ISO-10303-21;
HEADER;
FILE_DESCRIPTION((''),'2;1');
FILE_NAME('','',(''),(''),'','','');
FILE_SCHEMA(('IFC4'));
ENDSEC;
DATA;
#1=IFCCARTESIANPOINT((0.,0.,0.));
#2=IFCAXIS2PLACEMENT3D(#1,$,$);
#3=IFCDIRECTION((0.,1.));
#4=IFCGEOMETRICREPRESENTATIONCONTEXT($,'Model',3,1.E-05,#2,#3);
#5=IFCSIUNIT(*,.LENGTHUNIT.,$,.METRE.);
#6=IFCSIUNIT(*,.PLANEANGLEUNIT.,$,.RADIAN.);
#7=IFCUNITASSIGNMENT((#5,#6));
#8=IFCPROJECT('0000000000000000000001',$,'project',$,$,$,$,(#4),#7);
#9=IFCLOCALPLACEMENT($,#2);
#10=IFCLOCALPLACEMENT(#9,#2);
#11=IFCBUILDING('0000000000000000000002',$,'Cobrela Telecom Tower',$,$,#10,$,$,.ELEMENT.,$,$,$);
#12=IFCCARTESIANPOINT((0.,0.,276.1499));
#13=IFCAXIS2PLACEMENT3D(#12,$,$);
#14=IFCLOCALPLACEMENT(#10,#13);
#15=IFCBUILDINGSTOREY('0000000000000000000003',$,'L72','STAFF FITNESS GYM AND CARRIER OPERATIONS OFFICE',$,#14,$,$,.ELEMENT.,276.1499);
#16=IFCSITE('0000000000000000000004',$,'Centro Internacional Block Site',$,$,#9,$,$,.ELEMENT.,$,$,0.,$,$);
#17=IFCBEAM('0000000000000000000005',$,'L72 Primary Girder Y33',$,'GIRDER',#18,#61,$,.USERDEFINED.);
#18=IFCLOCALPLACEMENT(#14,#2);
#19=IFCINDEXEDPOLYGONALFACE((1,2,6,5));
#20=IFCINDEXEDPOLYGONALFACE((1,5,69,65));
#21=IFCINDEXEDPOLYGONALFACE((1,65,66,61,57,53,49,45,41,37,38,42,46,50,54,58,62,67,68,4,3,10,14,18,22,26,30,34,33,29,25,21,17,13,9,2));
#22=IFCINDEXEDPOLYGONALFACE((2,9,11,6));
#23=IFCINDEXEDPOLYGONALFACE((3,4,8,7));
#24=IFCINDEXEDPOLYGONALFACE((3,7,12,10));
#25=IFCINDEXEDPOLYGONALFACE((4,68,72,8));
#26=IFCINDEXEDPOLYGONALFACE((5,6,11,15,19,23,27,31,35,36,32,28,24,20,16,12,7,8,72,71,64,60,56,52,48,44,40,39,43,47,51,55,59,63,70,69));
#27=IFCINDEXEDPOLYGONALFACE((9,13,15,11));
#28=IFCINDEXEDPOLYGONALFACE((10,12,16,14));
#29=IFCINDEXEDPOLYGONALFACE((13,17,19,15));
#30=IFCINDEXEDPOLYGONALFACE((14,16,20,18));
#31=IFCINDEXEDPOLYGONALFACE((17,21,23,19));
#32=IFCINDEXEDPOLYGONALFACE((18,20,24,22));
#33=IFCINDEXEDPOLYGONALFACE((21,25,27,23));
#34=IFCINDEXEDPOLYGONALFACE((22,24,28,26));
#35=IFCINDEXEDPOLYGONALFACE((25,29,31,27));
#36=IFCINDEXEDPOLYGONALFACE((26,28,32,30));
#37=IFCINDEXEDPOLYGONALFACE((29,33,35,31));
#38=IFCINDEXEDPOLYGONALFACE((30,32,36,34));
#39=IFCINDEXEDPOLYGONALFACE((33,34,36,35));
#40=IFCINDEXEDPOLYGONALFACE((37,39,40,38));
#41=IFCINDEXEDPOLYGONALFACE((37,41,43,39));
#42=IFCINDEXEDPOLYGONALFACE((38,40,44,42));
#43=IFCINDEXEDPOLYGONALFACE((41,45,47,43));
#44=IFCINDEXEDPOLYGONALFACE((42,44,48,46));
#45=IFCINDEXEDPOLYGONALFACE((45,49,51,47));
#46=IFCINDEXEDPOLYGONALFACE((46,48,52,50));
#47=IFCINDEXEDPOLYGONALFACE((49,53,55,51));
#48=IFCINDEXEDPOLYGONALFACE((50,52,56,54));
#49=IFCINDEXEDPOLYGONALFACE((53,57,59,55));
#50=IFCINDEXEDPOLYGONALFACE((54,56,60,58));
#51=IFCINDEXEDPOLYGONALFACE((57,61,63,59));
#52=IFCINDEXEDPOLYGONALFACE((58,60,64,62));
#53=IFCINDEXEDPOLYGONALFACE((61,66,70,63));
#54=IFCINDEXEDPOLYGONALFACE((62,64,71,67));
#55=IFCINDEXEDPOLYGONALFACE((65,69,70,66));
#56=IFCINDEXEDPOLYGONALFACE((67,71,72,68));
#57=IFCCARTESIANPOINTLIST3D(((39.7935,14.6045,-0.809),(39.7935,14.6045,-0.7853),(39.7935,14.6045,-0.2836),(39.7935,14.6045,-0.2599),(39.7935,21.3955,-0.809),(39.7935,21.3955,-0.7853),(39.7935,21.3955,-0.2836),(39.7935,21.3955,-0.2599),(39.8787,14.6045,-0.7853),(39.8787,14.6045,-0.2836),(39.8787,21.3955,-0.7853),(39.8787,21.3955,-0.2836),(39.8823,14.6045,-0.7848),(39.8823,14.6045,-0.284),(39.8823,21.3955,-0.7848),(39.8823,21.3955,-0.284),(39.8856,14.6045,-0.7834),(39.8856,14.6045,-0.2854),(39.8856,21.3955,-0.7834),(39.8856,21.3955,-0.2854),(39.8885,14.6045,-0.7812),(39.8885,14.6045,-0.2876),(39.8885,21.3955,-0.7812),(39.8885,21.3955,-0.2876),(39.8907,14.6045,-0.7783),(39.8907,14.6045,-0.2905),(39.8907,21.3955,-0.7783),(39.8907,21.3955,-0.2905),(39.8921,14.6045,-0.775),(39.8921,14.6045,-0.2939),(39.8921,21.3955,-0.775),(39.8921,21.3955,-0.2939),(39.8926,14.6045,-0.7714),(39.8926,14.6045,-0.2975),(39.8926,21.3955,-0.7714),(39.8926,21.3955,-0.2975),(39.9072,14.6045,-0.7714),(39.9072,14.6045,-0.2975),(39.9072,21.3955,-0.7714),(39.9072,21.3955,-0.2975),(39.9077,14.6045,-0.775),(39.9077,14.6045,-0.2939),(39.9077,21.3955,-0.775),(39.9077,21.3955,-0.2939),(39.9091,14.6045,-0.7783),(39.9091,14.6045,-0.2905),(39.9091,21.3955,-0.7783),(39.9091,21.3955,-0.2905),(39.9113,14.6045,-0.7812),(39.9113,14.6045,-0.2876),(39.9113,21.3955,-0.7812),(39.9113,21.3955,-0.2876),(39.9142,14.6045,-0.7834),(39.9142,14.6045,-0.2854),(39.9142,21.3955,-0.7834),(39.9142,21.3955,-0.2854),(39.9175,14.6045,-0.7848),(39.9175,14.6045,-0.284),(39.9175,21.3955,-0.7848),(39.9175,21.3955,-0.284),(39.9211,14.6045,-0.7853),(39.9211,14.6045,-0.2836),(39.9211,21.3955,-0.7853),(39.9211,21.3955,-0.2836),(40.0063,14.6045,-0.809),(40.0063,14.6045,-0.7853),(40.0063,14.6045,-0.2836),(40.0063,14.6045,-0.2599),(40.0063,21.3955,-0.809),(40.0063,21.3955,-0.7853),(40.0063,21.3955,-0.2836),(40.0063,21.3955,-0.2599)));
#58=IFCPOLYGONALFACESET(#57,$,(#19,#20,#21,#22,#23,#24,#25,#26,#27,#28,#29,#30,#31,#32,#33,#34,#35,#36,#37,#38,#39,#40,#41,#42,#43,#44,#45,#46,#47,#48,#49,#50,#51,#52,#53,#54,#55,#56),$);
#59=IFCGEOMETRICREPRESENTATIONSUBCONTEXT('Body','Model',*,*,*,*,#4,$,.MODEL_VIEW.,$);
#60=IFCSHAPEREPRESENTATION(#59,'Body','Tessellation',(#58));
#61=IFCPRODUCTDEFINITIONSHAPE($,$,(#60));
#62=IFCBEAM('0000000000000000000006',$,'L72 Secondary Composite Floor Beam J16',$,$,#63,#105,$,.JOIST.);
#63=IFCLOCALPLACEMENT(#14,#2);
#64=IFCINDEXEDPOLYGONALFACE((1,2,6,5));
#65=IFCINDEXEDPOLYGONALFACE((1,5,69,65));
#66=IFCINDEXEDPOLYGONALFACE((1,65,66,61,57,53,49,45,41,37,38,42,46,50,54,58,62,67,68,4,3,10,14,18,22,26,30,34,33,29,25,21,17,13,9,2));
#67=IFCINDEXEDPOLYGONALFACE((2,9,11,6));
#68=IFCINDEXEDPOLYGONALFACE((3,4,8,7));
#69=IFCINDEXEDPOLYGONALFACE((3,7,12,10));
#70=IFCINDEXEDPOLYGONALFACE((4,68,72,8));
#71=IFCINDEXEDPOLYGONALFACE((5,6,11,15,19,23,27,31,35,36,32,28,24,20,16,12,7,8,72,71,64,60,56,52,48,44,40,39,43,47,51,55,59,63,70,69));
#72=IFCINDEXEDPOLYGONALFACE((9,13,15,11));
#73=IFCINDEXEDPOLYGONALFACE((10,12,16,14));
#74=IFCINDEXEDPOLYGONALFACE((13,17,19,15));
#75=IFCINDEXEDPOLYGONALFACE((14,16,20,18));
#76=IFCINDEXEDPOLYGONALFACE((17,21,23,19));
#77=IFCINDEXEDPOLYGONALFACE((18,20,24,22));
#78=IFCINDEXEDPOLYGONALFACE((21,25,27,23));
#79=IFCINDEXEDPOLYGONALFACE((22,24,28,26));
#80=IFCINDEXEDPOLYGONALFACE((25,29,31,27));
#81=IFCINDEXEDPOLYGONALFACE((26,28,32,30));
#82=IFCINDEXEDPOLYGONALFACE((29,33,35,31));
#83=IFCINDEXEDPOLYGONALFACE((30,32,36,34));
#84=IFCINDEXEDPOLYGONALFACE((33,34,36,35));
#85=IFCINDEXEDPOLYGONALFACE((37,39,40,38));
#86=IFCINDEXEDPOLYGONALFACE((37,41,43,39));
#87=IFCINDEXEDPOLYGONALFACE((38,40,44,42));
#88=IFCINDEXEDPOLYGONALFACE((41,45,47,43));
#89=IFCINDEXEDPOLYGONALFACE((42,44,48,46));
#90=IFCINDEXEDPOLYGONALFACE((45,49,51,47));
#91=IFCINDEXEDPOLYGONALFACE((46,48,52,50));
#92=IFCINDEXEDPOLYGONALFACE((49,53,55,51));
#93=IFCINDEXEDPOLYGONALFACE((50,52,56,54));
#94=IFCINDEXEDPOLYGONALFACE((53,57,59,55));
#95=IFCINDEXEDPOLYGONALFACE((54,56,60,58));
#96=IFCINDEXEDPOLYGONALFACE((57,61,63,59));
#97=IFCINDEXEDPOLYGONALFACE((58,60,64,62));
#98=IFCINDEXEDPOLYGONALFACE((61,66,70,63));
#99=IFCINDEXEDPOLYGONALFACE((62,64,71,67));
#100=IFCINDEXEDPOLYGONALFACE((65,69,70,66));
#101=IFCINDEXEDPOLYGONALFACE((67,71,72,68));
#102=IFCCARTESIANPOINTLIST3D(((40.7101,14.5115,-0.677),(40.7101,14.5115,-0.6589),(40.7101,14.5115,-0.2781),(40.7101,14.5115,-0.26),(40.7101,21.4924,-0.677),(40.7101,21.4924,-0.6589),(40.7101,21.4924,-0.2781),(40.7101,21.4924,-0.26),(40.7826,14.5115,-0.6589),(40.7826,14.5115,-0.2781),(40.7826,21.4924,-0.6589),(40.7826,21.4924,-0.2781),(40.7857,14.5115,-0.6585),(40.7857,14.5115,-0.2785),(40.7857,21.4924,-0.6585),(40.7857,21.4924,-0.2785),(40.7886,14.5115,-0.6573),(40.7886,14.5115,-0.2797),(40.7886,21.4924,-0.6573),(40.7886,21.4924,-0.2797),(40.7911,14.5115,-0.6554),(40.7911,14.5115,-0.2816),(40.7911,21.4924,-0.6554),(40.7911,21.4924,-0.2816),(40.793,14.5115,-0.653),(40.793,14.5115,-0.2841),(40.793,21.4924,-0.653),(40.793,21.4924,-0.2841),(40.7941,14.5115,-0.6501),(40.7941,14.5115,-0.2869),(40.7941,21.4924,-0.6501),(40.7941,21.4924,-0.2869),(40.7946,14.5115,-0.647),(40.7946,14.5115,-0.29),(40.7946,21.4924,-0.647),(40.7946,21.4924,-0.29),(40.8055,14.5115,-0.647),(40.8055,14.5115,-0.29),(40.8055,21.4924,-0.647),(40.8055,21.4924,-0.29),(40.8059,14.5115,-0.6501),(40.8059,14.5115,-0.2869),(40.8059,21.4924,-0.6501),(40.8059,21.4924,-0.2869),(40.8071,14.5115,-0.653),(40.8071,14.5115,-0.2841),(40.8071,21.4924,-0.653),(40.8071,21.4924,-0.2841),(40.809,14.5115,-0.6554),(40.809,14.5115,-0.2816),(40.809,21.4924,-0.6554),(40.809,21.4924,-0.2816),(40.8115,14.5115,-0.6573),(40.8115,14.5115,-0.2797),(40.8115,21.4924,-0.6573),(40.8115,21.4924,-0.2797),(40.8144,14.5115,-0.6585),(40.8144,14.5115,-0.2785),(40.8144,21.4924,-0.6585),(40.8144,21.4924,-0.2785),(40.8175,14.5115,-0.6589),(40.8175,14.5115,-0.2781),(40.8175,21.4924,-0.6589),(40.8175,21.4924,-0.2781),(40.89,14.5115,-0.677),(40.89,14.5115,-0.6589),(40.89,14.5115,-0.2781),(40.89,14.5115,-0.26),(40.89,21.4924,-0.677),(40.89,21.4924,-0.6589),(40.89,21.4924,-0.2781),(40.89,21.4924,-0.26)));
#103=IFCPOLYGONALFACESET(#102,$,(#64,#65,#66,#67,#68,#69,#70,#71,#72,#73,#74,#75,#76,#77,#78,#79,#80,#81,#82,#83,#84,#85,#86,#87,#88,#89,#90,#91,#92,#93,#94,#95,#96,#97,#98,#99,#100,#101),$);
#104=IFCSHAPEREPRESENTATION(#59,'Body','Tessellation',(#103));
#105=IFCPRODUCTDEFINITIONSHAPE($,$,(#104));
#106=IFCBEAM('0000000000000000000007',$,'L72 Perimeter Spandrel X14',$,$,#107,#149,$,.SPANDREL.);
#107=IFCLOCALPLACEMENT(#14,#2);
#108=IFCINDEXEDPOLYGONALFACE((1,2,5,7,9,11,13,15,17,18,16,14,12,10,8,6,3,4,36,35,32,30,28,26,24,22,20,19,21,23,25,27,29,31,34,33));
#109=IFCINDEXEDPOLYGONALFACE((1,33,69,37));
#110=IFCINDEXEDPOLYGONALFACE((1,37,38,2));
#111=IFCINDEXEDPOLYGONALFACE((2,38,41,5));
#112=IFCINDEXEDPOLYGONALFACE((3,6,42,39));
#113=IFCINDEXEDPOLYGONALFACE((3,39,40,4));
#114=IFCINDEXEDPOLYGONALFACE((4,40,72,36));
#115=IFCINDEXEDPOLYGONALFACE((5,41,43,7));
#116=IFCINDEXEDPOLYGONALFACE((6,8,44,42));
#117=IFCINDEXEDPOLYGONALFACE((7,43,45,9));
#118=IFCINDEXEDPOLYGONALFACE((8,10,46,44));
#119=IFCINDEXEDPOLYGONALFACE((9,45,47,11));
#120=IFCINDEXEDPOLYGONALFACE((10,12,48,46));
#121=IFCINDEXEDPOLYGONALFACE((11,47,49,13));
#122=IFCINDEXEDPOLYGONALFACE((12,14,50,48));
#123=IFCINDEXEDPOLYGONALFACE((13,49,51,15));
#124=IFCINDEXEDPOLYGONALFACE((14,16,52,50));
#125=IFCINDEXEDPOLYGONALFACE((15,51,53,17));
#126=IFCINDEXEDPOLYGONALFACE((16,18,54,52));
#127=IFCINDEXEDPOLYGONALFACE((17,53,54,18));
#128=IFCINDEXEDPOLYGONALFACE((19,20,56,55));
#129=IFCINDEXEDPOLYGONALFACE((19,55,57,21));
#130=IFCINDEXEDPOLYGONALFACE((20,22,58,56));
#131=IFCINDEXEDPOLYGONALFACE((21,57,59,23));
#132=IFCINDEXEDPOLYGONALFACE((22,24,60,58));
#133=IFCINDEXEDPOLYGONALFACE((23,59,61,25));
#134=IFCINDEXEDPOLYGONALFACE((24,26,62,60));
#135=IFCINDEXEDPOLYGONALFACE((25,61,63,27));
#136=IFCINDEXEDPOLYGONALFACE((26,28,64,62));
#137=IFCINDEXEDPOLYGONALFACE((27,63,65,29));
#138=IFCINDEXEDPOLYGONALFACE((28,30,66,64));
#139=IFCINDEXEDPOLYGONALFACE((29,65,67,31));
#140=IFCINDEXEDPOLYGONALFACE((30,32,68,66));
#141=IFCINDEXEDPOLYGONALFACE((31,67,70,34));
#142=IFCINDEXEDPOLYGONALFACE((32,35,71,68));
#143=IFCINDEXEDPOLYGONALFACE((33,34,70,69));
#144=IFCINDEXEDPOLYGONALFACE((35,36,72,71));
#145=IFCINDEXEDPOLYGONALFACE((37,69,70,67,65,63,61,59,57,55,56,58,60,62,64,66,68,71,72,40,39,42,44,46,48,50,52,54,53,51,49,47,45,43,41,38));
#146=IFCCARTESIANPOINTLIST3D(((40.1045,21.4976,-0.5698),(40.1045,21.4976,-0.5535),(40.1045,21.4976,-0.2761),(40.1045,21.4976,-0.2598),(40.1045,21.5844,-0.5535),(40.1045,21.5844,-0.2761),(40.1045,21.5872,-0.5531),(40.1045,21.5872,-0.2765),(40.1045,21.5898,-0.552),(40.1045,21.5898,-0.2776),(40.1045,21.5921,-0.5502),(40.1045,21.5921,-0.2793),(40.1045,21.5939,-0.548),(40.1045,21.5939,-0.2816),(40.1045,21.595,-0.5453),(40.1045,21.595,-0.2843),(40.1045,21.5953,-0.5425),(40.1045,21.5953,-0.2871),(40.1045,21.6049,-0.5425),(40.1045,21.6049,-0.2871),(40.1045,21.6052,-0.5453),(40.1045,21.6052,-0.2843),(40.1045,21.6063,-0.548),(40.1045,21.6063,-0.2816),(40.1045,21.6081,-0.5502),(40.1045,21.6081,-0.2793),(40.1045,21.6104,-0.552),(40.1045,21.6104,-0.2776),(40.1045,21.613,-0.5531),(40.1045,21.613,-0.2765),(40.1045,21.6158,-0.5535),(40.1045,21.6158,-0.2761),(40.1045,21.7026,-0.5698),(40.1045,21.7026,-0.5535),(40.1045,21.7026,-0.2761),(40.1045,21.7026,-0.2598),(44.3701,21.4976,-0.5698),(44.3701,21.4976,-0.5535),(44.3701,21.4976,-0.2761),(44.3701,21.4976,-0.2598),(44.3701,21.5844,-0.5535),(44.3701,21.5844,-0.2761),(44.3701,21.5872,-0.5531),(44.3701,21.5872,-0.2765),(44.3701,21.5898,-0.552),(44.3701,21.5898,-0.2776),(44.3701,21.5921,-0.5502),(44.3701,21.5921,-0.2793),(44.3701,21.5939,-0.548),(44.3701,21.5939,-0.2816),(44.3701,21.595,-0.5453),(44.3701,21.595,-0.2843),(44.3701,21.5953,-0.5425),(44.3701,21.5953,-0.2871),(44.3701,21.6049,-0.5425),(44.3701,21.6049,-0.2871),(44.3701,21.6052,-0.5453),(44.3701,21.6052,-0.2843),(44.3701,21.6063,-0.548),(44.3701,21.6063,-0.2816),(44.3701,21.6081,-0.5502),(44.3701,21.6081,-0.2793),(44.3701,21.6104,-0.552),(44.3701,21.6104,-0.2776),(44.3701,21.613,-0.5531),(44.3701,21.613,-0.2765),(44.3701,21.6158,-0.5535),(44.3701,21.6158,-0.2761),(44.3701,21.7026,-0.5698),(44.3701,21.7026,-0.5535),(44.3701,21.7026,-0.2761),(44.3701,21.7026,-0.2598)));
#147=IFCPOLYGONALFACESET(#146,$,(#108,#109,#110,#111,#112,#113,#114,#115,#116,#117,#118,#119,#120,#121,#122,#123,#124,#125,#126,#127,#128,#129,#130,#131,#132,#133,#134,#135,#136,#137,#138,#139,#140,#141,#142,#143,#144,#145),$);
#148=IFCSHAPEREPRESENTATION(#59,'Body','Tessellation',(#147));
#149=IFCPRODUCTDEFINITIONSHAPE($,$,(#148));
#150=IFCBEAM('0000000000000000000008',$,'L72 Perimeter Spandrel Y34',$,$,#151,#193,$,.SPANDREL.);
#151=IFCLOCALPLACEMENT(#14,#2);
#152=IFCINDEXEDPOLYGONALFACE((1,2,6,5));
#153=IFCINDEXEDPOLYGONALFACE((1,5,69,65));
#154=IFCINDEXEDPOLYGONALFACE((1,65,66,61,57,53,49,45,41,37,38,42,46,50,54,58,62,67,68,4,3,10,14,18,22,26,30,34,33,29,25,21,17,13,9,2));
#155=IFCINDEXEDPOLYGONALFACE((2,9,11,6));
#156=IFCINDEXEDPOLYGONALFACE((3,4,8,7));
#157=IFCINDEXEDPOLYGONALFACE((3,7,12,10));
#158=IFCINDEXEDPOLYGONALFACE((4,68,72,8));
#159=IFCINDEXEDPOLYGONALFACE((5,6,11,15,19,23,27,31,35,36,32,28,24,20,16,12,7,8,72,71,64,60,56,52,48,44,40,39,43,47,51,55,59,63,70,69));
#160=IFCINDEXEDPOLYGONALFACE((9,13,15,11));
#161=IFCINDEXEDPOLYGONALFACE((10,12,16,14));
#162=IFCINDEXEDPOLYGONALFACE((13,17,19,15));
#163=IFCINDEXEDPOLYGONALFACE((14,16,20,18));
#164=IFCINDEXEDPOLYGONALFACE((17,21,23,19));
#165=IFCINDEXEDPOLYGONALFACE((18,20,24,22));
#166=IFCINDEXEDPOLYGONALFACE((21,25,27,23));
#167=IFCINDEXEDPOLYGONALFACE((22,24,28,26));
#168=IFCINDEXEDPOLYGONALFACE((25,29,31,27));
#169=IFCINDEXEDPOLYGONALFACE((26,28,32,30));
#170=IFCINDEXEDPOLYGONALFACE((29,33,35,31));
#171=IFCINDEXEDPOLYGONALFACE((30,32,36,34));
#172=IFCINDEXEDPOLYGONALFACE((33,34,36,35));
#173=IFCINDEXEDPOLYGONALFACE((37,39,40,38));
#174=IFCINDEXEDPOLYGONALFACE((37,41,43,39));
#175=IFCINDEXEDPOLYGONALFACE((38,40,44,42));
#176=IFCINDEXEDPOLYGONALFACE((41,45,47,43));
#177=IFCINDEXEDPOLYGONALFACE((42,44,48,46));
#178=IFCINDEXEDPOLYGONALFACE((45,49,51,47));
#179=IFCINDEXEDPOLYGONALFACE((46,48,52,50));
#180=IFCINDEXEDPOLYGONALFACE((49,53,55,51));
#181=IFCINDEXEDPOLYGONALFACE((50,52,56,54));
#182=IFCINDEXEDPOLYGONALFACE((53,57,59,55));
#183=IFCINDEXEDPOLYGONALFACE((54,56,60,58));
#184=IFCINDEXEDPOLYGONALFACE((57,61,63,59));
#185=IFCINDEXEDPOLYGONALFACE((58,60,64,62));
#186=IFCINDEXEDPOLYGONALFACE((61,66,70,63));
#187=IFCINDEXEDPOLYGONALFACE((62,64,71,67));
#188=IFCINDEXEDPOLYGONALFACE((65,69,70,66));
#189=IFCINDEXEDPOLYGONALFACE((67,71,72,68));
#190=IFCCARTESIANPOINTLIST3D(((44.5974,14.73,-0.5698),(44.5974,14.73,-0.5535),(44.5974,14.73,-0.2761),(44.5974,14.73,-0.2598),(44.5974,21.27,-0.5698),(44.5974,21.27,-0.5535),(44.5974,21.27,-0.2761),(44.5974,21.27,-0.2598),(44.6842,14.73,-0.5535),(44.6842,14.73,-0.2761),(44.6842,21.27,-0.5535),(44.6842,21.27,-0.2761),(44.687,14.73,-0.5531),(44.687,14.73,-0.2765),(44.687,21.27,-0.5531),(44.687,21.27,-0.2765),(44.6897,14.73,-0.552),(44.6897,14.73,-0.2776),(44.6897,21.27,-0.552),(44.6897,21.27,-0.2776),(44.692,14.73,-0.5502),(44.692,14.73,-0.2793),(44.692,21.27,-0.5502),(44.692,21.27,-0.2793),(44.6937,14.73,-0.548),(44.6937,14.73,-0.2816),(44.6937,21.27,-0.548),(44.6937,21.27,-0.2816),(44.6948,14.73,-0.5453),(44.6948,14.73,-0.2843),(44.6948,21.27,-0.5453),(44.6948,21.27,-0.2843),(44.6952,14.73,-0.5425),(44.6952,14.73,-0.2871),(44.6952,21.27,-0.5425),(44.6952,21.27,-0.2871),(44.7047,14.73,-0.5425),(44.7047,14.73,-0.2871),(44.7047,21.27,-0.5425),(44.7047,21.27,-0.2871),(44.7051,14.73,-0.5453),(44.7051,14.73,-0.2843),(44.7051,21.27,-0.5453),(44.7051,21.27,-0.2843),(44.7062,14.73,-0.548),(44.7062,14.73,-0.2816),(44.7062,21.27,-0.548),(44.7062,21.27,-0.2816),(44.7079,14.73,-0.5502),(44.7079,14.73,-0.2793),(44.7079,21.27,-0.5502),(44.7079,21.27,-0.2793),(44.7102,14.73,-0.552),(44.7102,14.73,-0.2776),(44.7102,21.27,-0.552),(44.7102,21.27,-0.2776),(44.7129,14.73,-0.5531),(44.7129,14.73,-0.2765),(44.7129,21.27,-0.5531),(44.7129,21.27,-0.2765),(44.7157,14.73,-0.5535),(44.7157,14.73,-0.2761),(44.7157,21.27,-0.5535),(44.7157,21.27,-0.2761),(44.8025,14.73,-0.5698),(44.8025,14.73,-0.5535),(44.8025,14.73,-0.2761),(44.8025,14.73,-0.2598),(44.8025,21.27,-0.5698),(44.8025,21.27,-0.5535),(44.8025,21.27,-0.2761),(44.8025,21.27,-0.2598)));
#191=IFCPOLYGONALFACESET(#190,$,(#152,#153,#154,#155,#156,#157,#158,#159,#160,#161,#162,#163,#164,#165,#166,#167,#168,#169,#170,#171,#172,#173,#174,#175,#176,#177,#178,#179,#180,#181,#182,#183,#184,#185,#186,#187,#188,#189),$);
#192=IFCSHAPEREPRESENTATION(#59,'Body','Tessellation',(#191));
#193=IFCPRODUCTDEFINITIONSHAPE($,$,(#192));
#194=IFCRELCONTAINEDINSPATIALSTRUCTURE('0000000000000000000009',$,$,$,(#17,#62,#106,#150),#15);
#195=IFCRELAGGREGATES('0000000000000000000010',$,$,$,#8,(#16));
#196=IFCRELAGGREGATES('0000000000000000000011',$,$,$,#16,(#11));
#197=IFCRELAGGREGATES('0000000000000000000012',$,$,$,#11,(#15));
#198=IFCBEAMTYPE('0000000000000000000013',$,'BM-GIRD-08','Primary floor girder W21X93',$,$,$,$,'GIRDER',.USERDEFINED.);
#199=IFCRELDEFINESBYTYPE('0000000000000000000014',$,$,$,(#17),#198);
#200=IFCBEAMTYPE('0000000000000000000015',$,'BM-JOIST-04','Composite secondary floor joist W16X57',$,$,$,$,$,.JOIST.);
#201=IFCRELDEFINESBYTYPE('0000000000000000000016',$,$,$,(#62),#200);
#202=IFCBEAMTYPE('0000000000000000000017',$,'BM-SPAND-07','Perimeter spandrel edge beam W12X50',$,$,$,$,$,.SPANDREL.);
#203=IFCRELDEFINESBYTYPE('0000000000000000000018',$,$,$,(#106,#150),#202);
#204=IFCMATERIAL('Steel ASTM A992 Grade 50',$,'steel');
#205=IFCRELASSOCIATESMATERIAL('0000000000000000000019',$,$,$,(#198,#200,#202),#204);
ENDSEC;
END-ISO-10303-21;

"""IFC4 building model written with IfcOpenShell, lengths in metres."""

from ifc_helpers import new_model, si_unit, direction, frame, origin, origin_2d, place, context, subcontext, project, spatial, i_section, extrude, material, material_profile, profile_set, type_object, element, save


model = new_model("IFC4")

# Units and contexts
model_context = context("Model", 3, precision=1e-05, world=origin(), true_north=direction((0.0, 1.0)))
body_context = subcontext(model_context, "Body", "Model", "MODEL_VIEW")
ifc_project = project(units=[si_unit("LENGTHUNIT", "METRE"), si_unit("PLANEANGLEUNIT", "RADIAN")], contexts=[model_context])

# Site, building, storey
site_placement = place(None, origin())
site = spatial("IfcSite", under=ifc_project, at=site_placement, Name="Centro Internacional Block Site", CompositionType="ELEMENT", RefElevation=0.0)
building_placement = place(site_placement, origin())
building = spatial("IfcBuilding", under=site, at=building_placement, Name="Cobrela Telecom Tower", CompositionType="ELEMENT")
storey_placement = place(building_placement, frame((0.0, 0.0, 276.1499)))
storey = spatial("IfcBuildingStorey", under=building, at=storey_placement, Name="L72", Description="STAFF FITNESS GYM AND CARRIER OPERATIONS OFFICE", CompositionType="ELEMENT", Elevation=276.1499)

# Shared definitions
ifc_material_1 = material(Name="Steel ASTM A992 Grade 50", Category="steel")

# Beams
ifc_material_profile_1 = material_profile(ifc_material_1, i_section(OverallWidth=0.2129, OverallDepth=0.5491, WebThickness=0.0146, FlangeThickness=0.0237, FilletRadius=0.0139, at=origin_2d()), Name="W21X93")
ifc_profile_set_1 = profile_set([ifc_material_profile_1], Name="Steel ASTM A992 Grade 50")
beam_type_1 = type_object("IfcBeamType", Name="BM-GIRD-08", Description="Primary floor girder W21X93", ElementType="GIRDER", PredefinedType="USERDEFINED", material=ifc_profile_set_1)
for number, where, z_axis, x_axis, name in (
    (1, (39.8999, 14.6045, -0.5344), (0.0, 1.0, 0.0), (-1.0, 0.0, 0.0), "L72 Primary Girder Y33"),
):
    element("IfcBeam", number, at=place(storey_placement, frame(where, z_axis=z_axis, x_axis=x_axis)), inside=storey, type_object=beam_type_1, Name=name, ObjectType="GIRDER", PredefinedType="USERDEFINED", context=body_context, shape_type="SweptSolid", body=[
        extrude(i_section(OverallWidth=0.2129, OverallDepth=0.5491, WebThickness=0.0146, FlangeThickness=0.0237, FilletRadius=0.0139, at=origin_2d()), origin(), (0.0, 0.0, 1.0), 6.791),
    ])
ifc_material_profile_2 = material_profile(ifc_material_1, i_section(OverallWidth=0.1799, OverallDepth=0.417, WebThickness=0.011, FlangeThickness=0.0181, FilletRadius=0.012, at=origin_2d()), Name="W16X57")
ifc_profile_set_2 = profile_set([ifc_material_profile_2], Name="Steel ASTM A992 Grade 50")
beam_type_2 = type_object("IfcBeamType", Name="BM-JOIST-04", Description="Composite secondary floor joist W16X57", PredefinedType="JOIST", material=ifc_profile_set_2)
beam_1_placement = place(storey_placement, frame((40.8, 14.5115, -0.4685), z_axis=(0.0, 1.0, 0.0), x_axis=(-1.0, 0.0, 0.0)))
element("IfcBeam", 2, at=beam_1_placement, inside=storey, type_object=beam_type_2, Name="L72 Secondary Composite Floor Beam J16", PredefinedType="JOIST", context=body_context, shape_type="SweptSolid", body=[
    extrude(i_section(OverallWidth=0.1799, OverallDepth=0.417, WebThickness=0.011, FlangeThickness=0.0181, FilletRadius=0.012, at=origin_2d()), origin(), (0.0, 0.0, 1.0), 6.981),
])
ifc_material_profile_3 = material_profile(ifc_material_1, i_section(OverallWidth=0.2051, OverallDepth=0.3101, WebThickness=0.0095, FlangeThickness=0.0164, FilletRadius=0.011, at=origin_2d()), Name="W12X50")
ifc_profile_set_3 = profile_set([ifc_material_profile_3], Name="Steel ASTM A992 Grade 50")
beam_type_3 = type_object("IfcBeamType", Name="BM-SPAND-07", Description="Perimeter spandrel edge beam W12X50", PredefinedType="SPANDREL", material=ifc_profile_set_3)
beam_2_placement = place(storey_placement, frame((40.1045, 21.6001, -0.4148), z_axis=(1.0, 0.0, 0.0), x_axis=(0.0, 1.0, 0.0)))
element("IfcBeam", 3, at=beam_2_placement, inside=storey, type_object=beam_type_3, Name="L72 Perimeter Spandrel X14", PredefinedType="SPANDREL", context=body_context, shape_type="SweptSolid", body=[
    extrude(i_section(OverallWidth=0.2051, OverallDepth=0.3101, WebThickness=0.0095, FlangeThickness=0.0164, FilletRadius=0.011, at=origin_2d()), origin(), (0.0, 0.0, 1.0), 4.2656),
])
beam_3_placement = place(storey_placement, frame((44.7, 14.73, -0.4148), z_axis=(0.0, 1.0, 0.0), x_axis=(-1.0, 0.0, 0.0)))
element("IfcBeam", 4, at=beam_3_placement, inside=storey, type_object=beam_type_3, Name="L72 Perimeter Spandrel Y34", PredefinedType="SPANDREL", context=body_context, shape_type="SweptSolid", body=[
    extrude(i_section(OverallWidth=0.2051, OverallDepth=0.3101, WebThickness=0.0095, FlangeThickness=0.0164, FilletRadius=0.011, at=origin_2d()), origin(), (0.0, 0.0, 1.0), 6.54),
])

save(model, "model.ifc")
